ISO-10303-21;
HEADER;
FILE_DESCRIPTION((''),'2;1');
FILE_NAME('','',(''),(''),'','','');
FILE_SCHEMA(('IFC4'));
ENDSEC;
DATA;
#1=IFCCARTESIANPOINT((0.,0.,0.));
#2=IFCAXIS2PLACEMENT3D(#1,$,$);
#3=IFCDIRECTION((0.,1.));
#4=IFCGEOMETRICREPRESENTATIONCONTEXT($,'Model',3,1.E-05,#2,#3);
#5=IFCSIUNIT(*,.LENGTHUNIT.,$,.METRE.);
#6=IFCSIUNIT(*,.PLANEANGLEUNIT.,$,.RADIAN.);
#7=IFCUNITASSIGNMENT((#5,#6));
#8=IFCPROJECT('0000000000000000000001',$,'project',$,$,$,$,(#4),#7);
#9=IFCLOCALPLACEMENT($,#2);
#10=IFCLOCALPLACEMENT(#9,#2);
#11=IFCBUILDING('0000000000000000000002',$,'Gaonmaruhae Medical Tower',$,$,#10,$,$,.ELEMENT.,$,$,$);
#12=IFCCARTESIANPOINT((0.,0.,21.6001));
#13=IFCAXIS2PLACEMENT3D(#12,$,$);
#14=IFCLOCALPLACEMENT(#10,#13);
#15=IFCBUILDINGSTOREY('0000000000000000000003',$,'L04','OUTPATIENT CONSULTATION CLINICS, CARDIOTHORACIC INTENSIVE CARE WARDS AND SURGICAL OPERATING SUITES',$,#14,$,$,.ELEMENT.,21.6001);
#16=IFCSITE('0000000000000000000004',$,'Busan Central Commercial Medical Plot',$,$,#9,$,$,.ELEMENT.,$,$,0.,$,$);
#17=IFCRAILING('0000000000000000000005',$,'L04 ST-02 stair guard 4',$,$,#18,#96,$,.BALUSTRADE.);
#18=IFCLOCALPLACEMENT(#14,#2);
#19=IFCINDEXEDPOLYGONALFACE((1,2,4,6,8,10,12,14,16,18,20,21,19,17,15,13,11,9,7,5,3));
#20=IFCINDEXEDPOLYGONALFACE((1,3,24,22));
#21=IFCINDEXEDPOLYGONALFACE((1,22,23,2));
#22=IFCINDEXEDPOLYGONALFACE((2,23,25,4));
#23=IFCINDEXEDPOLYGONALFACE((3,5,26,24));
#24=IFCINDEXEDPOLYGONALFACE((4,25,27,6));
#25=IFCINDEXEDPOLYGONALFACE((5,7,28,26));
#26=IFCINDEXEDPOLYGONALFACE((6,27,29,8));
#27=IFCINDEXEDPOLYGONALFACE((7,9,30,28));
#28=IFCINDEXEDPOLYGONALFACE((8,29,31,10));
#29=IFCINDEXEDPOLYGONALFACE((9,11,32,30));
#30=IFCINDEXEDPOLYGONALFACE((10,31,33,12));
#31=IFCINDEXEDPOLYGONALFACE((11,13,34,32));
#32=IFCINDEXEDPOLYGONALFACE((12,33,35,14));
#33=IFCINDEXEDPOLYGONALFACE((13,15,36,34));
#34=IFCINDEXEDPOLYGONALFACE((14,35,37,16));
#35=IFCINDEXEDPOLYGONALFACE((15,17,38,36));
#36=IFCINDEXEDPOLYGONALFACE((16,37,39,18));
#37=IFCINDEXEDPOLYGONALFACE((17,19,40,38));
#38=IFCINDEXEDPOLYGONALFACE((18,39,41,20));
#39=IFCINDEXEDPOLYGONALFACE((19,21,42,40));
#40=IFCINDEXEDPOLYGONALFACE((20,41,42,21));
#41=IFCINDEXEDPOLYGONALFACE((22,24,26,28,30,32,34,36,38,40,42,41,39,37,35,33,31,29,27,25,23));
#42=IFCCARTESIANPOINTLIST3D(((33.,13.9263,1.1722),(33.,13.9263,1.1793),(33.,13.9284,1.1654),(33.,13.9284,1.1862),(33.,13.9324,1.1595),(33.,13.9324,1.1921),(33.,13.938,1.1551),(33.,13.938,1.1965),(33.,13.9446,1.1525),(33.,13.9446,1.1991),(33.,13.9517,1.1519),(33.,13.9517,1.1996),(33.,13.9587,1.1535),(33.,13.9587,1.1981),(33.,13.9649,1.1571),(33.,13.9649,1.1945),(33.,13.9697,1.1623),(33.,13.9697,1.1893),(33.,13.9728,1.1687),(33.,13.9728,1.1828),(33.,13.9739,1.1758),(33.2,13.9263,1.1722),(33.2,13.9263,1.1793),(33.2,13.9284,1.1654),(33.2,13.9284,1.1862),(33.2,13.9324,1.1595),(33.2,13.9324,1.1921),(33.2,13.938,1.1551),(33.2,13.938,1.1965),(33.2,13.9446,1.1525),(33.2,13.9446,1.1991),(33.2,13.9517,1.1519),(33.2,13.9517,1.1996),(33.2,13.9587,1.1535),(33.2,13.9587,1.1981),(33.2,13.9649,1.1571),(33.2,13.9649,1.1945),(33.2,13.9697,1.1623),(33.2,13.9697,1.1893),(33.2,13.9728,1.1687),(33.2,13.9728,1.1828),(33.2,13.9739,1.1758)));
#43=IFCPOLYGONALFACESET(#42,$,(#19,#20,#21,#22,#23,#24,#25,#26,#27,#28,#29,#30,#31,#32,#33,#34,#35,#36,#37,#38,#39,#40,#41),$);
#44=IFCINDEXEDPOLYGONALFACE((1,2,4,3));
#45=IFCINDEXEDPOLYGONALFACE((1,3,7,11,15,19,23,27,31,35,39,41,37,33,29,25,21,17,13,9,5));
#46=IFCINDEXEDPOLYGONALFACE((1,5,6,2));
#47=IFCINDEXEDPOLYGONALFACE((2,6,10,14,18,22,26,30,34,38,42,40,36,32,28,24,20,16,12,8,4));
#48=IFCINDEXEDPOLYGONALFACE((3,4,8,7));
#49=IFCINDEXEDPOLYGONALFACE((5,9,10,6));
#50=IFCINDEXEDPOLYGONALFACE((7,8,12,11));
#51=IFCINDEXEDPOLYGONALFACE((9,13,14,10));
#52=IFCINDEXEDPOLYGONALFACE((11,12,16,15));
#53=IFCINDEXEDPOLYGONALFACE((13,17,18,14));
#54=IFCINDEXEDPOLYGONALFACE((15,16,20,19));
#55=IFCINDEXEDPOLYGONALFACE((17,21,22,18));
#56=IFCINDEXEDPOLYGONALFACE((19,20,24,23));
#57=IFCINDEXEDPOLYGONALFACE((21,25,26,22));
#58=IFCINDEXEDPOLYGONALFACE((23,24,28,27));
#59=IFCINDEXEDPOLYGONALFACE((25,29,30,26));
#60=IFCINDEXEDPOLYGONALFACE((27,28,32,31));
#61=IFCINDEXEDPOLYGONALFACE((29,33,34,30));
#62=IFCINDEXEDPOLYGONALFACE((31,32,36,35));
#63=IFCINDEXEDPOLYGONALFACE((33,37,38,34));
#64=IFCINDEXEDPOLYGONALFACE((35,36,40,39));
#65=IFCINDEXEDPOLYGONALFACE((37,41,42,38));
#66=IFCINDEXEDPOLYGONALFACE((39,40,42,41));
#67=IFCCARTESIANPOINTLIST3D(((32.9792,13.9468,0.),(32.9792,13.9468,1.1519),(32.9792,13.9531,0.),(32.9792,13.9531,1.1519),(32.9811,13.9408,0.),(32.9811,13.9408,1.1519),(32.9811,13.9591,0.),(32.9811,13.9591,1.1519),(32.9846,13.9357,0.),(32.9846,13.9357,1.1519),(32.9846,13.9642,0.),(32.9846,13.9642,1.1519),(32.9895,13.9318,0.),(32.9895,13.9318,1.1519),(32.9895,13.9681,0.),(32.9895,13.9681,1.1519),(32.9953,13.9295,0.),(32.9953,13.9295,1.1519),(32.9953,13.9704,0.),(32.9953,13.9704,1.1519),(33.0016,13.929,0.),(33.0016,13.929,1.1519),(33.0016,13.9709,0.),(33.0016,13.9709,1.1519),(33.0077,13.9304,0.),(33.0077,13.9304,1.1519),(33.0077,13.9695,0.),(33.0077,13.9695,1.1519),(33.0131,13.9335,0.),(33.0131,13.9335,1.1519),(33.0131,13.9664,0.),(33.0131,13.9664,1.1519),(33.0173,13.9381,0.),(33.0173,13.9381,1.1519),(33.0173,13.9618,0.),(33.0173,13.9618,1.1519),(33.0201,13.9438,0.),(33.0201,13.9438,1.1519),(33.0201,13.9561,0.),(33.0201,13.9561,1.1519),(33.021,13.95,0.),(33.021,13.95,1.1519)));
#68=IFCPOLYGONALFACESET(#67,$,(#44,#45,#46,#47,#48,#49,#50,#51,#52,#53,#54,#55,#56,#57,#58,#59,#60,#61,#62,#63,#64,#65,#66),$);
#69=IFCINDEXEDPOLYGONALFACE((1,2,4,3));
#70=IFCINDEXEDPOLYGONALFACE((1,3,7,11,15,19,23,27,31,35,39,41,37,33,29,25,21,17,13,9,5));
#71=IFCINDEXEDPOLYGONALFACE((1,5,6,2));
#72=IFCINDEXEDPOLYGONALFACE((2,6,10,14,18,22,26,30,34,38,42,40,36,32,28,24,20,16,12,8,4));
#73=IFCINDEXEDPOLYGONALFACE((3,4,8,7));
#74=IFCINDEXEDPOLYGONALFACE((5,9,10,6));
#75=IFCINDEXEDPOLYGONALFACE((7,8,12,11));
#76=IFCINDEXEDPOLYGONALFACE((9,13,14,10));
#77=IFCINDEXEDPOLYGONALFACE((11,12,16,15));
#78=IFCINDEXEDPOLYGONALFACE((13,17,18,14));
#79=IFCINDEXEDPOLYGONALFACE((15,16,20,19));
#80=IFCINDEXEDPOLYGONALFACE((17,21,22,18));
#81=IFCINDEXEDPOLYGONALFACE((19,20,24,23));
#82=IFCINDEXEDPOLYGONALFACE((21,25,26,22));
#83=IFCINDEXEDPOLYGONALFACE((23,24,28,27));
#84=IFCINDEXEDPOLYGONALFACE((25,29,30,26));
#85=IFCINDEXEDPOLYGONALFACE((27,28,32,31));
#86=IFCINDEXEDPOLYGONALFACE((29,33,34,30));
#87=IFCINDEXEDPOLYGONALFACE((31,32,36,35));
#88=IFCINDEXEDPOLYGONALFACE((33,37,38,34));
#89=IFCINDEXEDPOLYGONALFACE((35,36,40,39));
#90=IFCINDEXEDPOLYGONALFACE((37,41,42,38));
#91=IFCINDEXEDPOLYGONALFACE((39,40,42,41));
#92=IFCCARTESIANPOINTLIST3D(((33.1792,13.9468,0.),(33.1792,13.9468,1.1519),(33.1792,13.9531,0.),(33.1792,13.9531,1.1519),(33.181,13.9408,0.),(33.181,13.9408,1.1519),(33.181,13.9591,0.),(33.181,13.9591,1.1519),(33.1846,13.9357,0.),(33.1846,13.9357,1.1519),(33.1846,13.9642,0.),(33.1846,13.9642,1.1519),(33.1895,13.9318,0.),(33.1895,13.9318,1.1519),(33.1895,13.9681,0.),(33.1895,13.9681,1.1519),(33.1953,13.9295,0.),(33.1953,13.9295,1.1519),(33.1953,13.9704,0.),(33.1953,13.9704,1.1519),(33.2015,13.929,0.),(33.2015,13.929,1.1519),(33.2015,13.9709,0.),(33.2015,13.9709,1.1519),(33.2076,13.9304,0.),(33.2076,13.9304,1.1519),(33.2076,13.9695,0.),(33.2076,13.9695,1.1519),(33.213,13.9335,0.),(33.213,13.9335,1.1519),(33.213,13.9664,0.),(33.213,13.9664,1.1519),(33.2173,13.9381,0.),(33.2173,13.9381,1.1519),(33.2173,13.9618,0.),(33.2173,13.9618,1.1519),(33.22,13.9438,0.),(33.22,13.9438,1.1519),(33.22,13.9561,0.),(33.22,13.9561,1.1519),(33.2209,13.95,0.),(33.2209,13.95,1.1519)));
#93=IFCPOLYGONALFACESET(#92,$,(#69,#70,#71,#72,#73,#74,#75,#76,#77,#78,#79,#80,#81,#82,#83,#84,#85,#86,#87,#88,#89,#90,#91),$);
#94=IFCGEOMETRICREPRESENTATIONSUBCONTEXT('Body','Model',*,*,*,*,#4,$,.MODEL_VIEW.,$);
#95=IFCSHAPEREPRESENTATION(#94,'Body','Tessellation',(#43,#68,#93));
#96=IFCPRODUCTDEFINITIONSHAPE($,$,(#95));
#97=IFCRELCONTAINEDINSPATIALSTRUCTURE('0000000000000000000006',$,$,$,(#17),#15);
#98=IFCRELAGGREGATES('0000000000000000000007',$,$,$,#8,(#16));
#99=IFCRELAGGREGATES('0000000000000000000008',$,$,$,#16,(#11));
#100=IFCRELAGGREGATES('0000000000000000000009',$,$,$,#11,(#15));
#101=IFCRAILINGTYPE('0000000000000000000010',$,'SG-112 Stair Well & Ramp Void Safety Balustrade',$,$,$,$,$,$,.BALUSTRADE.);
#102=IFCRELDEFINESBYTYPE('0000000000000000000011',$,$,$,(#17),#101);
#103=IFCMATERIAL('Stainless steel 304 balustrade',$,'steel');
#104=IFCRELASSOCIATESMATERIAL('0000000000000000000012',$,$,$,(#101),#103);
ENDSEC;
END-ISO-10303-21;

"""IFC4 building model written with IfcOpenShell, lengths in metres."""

from ifc_helpers import new_model, si_unit, direction, frame, origin, origin_2d, place, context, subcontext, project, spatial, circle, extrude, material, type_object, element, save


model = new_model("IFC4")

# Units and contexts
model_context = context("Model", 3, precision=1e-05, world=origin(), true_north=direction((0.0, 1.0)))
body_context = subcontext(model_context, "Body", "Model", "MODEL_VIEW")
ifc_project = project(units=[si_unit("LENGTHUNIT", "METRE"), si_unit("PLANEANGLEUNIT", "RADIAN")], contexts=[model_context])

# Site, building, storey
site_placement = place(None, origin())
site = spatial("IfcSite", under=ifc_project, at=site_placement, Name="Busan Central Commercial Medical Plot", CompositionType="ELEMENT", RefElevation=0.0)
building_placement = place(site_placement, origin())
building = spatial("IfcBuilding", under=site, at=building_placement, Name="Gaonmaruhae Medical Tower", CompositionType="ELEMENT")
storey_placement = place(building_placement, frame((0.0, 0.0, 21.6001)))
storey = spatial("IfcBuildingStorey", under=building, at=storey_placement, Name="L04", Description="OUTPATIENT CONSULTATION CLINICS, CARDIOTHORACIC INTENSIVE CARE WARDS AND SURGICAL OPERATING SUITES", CompositionType="ELEMENT", Elevation=21.6001)

# Railing
ifc_material_1 = material(Name="Stainless steel 304 balustrade", Category="steel")
railing_type_1 = type_object("IfcRailingType", Name="SG-112 Stair Well & Ramp Void Safety Balustrade", PredefinedType="BALUSTRADE", material=ifc_material_1)
railing_1_placement = place(storey_placement, frame((33.0, 13.95, 0.0)))
element("IfcRailing", 1, at=railing_1_placement, inside=storey, type_object=railing_type_1, Name="L04 ST-02 stair guard 4", PredefinedType="BALUSTRADE", context=body_context, shape_type="SweptSolid", body=[
    extrude(circle(Radius=0.0239, at=origin_2d()), frame((0.0, 0.0, 1.1758), z_axis=(1.0, 0.0, 0.0), x_axis=(0.0, 1.0, 0.0)), (0.0, 0.0, 1.0), 0.2),
    extrude(circle(Radius=0.021, at=origin_2d()), origin(), (0.0, 0.0, 1.0), 1.1519),
    extrude(circle(Radius=0.021, at=origin_2d()), frame((0.2, 0.0, 0.0)), (0.0, 0.0, 1.0), 1.1519),
])

save(model, "model.ifc")
